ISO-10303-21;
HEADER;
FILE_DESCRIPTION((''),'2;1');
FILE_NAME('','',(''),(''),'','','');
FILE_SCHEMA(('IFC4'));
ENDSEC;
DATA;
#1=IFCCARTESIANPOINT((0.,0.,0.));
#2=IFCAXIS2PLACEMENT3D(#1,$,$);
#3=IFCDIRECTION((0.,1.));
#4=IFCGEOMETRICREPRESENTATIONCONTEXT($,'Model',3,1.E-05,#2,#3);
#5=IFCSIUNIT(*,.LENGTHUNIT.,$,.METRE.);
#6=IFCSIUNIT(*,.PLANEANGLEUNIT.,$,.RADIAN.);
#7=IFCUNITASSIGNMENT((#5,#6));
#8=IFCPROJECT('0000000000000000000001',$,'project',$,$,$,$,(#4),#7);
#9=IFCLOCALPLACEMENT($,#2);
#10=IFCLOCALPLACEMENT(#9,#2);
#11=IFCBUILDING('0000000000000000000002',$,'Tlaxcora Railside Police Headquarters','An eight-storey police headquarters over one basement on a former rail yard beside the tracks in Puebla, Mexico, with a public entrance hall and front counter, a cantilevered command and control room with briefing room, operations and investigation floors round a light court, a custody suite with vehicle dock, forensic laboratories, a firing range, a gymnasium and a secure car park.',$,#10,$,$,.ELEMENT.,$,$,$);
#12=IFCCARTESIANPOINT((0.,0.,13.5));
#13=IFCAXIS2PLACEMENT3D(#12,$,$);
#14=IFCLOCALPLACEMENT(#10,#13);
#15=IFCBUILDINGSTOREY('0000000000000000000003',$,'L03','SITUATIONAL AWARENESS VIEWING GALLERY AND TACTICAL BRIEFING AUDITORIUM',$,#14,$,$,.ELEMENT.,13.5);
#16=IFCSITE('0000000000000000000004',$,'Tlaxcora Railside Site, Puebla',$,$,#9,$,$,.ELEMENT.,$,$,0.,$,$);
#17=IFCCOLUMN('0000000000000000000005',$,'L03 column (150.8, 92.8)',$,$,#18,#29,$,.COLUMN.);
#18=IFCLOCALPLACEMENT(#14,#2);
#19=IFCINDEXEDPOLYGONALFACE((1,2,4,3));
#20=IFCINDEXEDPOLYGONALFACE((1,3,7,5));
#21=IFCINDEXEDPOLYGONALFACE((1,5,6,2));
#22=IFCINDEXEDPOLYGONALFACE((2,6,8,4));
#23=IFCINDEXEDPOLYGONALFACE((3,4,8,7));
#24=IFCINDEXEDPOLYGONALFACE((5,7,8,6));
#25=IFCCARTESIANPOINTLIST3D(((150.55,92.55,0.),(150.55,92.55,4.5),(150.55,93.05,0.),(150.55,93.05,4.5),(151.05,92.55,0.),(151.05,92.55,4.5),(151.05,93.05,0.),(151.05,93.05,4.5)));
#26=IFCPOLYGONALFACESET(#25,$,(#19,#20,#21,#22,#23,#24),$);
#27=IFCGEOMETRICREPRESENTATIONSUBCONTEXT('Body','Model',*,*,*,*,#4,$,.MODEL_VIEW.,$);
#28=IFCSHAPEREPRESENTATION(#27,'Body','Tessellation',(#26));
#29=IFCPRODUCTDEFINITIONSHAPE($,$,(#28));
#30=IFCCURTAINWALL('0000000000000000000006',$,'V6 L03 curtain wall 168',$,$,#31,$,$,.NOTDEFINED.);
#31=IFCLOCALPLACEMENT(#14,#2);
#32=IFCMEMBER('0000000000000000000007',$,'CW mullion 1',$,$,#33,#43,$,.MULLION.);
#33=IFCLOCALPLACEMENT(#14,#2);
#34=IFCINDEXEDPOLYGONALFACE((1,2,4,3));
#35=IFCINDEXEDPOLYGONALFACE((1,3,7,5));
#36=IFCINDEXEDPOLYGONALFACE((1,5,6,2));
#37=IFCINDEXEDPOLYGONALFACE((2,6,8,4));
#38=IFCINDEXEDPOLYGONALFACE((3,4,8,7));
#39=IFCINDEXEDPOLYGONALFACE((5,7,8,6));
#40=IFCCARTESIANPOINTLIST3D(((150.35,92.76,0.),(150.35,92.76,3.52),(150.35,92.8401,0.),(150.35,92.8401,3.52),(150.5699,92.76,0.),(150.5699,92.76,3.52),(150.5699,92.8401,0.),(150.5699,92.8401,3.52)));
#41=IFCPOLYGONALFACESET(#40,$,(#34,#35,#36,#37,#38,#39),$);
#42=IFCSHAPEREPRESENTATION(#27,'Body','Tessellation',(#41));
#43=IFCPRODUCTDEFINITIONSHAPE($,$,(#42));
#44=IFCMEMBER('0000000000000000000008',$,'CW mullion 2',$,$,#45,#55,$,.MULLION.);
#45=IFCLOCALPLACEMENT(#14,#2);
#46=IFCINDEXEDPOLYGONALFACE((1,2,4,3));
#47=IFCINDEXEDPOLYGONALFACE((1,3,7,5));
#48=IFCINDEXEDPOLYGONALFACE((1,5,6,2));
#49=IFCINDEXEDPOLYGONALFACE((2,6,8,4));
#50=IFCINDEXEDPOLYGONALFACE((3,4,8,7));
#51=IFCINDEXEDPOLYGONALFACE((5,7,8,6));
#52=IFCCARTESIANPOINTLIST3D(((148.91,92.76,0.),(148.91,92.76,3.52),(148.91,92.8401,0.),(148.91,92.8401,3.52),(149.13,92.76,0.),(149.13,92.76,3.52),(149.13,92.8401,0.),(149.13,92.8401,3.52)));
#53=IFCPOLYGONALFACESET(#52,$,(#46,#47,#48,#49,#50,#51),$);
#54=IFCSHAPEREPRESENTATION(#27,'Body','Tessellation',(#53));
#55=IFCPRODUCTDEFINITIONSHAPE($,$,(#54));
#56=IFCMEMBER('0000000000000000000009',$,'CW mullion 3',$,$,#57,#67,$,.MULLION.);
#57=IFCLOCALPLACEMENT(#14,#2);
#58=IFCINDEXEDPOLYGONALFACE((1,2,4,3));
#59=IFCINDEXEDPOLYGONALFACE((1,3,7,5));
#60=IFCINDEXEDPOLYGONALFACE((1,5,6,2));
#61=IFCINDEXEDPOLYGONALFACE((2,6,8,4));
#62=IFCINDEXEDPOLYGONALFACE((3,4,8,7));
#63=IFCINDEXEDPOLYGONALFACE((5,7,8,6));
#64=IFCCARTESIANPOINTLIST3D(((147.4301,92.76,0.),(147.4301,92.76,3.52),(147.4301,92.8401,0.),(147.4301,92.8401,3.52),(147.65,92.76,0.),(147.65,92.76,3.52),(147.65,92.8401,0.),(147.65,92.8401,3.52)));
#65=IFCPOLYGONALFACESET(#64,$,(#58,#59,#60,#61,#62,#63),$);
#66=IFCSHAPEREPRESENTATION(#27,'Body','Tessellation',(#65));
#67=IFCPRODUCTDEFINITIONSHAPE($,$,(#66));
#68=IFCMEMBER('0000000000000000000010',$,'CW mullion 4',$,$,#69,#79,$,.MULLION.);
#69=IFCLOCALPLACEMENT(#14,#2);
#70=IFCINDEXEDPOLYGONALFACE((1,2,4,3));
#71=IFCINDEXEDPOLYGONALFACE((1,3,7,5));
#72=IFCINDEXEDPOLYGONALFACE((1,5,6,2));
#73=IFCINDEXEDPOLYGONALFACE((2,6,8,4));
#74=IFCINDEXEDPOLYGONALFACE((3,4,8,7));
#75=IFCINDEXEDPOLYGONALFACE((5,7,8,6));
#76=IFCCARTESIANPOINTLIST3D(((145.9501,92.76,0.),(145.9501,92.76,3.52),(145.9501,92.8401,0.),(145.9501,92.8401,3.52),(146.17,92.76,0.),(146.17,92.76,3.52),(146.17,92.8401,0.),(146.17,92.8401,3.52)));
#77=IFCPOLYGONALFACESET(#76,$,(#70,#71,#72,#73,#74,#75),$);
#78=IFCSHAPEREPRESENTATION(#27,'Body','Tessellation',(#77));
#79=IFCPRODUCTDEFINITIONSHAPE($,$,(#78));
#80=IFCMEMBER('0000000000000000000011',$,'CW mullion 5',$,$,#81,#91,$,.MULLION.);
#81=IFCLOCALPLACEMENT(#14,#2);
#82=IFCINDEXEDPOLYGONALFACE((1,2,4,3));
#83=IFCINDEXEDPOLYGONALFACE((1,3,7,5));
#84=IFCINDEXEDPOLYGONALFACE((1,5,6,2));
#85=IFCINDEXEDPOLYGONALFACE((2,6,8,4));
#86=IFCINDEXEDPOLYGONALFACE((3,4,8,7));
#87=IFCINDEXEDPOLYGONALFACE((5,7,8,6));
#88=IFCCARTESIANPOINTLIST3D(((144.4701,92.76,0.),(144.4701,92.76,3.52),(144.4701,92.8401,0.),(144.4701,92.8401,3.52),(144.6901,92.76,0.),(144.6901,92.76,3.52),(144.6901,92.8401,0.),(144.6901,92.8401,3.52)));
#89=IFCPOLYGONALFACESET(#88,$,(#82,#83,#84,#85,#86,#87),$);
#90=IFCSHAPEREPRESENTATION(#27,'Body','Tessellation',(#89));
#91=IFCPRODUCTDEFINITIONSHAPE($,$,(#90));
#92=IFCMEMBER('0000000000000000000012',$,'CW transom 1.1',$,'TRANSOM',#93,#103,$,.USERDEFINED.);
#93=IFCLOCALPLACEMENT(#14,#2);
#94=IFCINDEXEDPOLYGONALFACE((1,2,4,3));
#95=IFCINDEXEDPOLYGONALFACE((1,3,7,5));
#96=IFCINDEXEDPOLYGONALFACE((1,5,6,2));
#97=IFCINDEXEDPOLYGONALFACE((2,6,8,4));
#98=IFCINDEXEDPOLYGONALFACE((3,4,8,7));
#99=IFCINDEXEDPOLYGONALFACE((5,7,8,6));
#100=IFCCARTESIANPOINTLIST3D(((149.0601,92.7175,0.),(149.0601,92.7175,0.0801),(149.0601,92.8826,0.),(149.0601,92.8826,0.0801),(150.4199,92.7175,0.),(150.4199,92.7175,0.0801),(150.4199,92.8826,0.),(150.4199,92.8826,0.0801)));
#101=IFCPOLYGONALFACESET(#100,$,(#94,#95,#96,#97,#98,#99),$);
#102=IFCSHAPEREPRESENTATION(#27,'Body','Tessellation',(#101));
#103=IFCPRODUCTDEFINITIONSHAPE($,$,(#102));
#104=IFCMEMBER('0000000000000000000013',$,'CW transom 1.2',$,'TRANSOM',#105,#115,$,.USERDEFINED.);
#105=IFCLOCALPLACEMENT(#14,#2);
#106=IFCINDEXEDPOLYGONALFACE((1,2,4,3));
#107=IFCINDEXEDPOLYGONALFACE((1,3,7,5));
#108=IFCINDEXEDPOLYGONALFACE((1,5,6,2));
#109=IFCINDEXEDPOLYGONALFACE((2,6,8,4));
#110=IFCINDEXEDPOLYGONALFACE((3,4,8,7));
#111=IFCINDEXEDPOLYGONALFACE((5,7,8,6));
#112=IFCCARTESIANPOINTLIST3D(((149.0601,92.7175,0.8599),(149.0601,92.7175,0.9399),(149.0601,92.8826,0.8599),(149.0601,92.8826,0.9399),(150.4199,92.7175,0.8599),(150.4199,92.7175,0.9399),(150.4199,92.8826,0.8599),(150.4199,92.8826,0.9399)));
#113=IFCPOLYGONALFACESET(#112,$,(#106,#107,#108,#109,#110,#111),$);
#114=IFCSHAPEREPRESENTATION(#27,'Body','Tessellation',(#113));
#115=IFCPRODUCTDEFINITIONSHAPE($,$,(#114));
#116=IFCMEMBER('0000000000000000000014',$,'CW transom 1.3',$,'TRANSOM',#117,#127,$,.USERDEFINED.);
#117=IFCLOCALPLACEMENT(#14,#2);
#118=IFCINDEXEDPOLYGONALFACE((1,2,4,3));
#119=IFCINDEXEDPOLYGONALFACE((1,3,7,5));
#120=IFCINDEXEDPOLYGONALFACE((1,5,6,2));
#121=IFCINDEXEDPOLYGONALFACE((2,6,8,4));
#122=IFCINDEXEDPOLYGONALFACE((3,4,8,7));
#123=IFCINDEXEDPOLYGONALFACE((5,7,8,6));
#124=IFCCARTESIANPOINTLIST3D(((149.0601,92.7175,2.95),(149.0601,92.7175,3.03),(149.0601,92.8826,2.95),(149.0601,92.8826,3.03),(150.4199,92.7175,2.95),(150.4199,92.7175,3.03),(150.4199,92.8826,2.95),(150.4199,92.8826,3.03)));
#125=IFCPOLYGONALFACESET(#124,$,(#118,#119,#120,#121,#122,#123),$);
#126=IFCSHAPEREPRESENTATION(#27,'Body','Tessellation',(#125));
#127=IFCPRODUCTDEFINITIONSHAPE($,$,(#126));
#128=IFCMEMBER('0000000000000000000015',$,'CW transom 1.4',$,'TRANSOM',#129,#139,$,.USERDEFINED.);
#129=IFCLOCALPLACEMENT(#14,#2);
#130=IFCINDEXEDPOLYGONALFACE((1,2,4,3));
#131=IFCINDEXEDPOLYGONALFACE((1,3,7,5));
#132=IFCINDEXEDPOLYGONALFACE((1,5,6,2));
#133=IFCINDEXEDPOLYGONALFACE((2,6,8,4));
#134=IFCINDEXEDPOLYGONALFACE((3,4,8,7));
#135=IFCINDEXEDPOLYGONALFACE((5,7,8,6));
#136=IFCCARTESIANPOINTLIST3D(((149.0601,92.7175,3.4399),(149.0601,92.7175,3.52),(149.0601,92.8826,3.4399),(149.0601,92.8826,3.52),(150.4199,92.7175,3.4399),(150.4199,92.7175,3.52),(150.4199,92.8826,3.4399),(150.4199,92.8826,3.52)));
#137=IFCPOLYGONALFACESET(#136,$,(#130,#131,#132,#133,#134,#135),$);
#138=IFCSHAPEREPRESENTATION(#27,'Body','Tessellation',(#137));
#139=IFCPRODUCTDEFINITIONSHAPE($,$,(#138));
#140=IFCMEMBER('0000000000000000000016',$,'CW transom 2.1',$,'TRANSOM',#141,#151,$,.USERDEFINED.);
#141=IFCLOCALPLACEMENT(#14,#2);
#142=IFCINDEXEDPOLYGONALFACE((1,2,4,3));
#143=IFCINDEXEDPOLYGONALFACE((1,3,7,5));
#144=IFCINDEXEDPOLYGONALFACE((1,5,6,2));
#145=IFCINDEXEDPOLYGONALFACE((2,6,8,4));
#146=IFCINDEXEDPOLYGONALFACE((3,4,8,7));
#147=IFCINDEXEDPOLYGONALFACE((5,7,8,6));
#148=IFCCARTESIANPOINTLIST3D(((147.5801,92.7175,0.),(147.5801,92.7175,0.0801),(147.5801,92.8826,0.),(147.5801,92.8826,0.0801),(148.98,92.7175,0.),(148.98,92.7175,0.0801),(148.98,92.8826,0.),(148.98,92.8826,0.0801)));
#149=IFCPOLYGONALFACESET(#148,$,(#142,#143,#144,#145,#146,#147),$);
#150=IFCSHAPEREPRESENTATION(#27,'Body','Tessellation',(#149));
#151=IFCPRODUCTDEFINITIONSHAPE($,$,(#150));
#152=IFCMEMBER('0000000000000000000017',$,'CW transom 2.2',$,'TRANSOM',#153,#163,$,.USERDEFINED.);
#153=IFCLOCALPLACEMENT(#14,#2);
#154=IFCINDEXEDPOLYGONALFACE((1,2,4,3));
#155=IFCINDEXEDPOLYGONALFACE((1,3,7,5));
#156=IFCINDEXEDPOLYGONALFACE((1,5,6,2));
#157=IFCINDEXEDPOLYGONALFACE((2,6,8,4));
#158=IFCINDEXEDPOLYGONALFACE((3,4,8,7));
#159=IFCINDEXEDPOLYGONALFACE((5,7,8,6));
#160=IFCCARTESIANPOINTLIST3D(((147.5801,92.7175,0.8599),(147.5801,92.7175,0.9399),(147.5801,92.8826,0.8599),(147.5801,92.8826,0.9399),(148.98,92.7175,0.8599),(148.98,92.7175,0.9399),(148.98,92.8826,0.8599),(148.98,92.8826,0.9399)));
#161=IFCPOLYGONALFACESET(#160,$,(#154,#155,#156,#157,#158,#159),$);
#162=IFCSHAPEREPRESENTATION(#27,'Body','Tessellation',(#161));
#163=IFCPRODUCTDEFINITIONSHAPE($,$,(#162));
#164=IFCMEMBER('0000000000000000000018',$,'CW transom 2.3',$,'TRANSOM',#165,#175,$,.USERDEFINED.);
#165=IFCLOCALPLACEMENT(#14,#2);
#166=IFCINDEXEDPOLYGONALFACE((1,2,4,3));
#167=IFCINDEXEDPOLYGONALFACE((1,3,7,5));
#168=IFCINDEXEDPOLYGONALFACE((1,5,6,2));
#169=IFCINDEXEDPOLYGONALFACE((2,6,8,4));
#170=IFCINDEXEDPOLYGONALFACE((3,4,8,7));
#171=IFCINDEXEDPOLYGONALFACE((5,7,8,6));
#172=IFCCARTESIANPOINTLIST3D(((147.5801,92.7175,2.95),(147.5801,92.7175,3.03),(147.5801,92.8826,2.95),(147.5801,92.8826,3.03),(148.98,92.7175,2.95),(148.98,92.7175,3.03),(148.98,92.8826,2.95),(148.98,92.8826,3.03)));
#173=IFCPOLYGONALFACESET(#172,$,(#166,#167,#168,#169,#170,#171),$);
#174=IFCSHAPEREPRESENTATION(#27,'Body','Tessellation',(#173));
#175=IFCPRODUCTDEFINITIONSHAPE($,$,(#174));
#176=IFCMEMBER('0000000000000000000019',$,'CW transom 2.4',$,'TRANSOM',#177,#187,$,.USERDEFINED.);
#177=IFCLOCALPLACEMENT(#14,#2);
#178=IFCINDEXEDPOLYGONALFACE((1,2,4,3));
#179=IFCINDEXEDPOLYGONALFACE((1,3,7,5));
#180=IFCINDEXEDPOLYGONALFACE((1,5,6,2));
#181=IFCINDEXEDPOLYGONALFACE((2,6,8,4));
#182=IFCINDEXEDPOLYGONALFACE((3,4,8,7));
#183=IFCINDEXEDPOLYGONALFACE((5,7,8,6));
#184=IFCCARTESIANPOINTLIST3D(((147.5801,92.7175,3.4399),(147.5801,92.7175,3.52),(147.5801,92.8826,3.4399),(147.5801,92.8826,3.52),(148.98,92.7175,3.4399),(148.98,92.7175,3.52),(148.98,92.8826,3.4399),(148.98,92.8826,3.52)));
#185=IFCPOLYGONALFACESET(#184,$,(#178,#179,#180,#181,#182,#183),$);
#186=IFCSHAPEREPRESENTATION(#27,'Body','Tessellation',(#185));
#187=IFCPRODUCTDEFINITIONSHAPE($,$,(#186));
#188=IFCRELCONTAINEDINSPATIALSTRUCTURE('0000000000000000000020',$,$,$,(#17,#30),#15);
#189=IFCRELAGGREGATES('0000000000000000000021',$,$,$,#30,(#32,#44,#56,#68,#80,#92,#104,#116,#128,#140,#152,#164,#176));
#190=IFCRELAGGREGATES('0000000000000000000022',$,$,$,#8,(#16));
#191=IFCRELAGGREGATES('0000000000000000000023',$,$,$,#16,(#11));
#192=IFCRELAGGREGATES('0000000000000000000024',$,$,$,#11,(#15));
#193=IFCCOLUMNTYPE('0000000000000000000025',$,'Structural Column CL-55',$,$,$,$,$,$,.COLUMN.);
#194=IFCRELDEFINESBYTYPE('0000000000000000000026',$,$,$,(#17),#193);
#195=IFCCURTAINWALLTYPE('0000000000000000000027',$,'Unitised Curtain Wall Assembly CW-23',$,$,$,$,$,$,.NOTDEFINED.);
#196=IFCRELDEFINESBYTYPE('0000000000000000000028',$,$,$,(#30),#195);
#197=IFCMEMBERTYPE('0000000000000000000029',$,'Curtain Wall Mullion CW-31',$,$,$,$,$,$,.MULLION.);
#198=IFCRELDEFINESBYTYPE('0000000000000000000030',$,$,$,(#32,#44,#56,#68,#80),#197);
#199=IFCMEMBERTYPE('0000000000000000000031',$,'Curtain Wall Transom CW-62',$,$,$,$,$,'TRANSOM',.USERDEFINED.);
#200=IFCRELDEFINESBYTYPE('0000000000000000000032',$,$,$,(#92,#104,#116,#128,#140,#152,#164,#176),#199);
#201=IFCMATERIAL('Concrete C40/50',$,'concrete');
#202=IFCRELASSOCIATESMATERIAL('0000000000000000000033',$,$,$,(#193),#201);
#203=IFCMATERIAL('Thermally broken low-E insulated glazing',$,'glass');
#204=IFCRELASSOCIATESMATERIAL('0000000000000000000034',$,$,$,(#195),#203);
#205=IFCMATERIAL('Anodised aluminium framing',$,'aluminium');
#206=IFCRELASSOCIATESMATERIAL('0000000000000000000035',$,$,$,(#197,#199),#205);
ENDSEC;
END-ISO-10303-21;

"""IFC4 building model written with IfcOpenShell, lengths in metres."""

from ifc_helpers import new_model, si_unit, direction, frame, origin, origin_2d, place, context, subcontext, project, spatial, rectangle, extrude, material, material_profile, profile_set, type_object, element, aggregate, save


model = new_model("IFC4")

# Units and contexts
model_context = context("Model", 3, precision=1e-05, world=origin(), true_north=direction((0.0, 1.0)))
body_context = subcontext(model_context, "Body", "Model", "MODEL_VIEW")
ifc_project = project(units=[si_unit("LENGTHUNIT", "METRE"), si_unit("PLANEANGLEUNIT", "RADIAN")], contexts=[model_context])

# Site, building, storey
site_placement = place(None, origin())
site = spatial("IfcSite", under=ifc_project, at=site_placement, Name="Tlaxcora Railside Site, Puebla", CompositionType="ELEMENT", RefElevation=0.0)
building_placement = place(site_placement, origin())
building = spatial("IfcBuilding", under=site, at=building_placement, Name="Tlaxcora Railside Police Headquarters", Description="An eight-storey police headquarters over one basement on a former rail yard beside the tracks in Puebla, Mexico, with a public entrance hall and front counter, a cantilevered command and control room with briefing room, operations and investigation floors round a light court, a custody suite with vehicle dock, forensic laboratories, a firing range, a gymnasium and a secure car park.", CompositionType="ELEMENT")
storey_placement = place(building_placement, frame((0.0, 0.0, 13.5)))
storey = spatial("IfcBuildingStorey", under=building, at=storey_placement, Name="L03", Description="SITUATIONAL AWARENESS VIEWING GALLERY AND TACTICAL BRIEFING AUDITORIUM", CompositionType="ELEMENT", Elevation=13.5)

# Column
ifc_material_1 = material(Name="Concrete C40/50", Category="concrete")
ifc_material_profile_1 = material_profile(ifc_material_1, rectangle(XDim=0.5, YDim=0.5, at=origin_2d()), Name="RC500X500")
ifc_profile_set_1 = profile_set([ifc_material_profile_1], Name="Concrete C40/50")
column_type = type_object("IfcColumnType", Name="Structural Column CL-55", PredefinedType="COLUMN", material=ifc_profile_set_1)
column_placement = place(storey_placement, frame((150.8, 92.8, 0.0), z_axis=(0.0, 0.0, 1.0), x_axis=(1.0, 0.0, 0.0)))
element("IfcColumn", 1, at=column_placement, inside=storey, type_object=column_type, Name="L03 column (150.8, 92.8)", PredefinedType="COLUMN", context=body_context, shape_type="SweptSolid", body=[
    extrude(rectangle(XDim=0.5, YDim=0.5, at=origin_2d()), origin(), (0.0, 0.0, 1.0), 4.5),
])

# Curtain wall, members
ifc_material_2 = material(Name="Thermally broken low-E insulated glazing", Category="glass")
curtain_wall_type = type_object("IfcCurtainWallType", Name="Unitised Curtain Wall Assembly CW-23", PredefinedType="NOTDEFINED", material=ifc_material_2)
curtain_wall_placement = place(storey_placement, origin())
curtain_wall = element("IfcCurtainWall", 2, at=curtain_wall_placement, inside=storey, type_object=curtain_wall_type, Name="V6 L03 curtain wall 168", PredefinedType="NOTDEFINED")
ifc_material_3 = material(Name="Anodised aluminium framing", Category="aluminium")
ifc_material_profile_2 = material_profile(ifc_material_3, rectangle(XDim=0.0801, YDim=0.22, at=origin_2d()), Name="AL80X220")
ifc_profile_set_2 = profile_set([ifc_material_profile_2], Name="Anodised aluminium framing")
member_type_1 = type_object("IfcMemberType", Name="Curtain Wall Mullion CW-31", PredefinedType="MULLION", material=ifc_profile_set_2)
member_1_placement = place(storey_placement, frame((150.46, 92.8, 0.0), z_axis=(0.0, 0.0, 1.0), x_axis=(0.0, -1.0, 0.0)))
member_1 = element("IfcMember", 3, at=member_1_placement, type_object=member_type_1, Name="CW mullion 1", PredefinedType="MULLION", context=body_context, shape_type="SweptSolid", body=[
    extrude(rectangle(XDim=0.0801, YDim=0.22, at=origin_2d()), origin(), (0.0, 0.0, 1.0), 3.52),
])
member_2_placement = place(storey_placement, frame((149.02, 92.8, 0.0), z_axis=(0.0, 0.0, 1.0), x_axis=(0.0, -1.0, 0.0)))
member_2 = element("IfcMember", 4, at=member_2_placement, type_object=member_type_1, Name="CW mullion 2", PredefinedType="MULLION", context=body_context, shape_type="SweptSolid", body=[
    extrude(rectangle(XDim=0.0801, YDim=0.22, at=origin_2d()), origin(), (0.0, 0.0, 1.0), 3.52),
])
member_3_placement = place(storey_placement, frame((147.54, 92.8, 0.0), z_axis=(0.0, 0.0, 1.0), x_axis=(0.0, -1.0, 0.0)))
member_3 = element("IfcMember", 5, at=member_3_placement, type_object=member_type_1, Name="CW mullion 3", PredefinedType="MULLION", context=body_context, shape_type="SweptSolid", body=[
    extrude(rectangle(XDim=0.0801, YDim=0.22, at=origin_2d()), origin(), (0.0, 0.0, 1.0), 3.52),
])
member_4_placement = place(storey_placement, frame((146.0601, 92.8, 0.0), z_axis=(0.0, 0.0, 1.0), x_axis=(0.0, -1.0, 0.0)))
member_4 = element("IfcMember", 6, at=member_4_placement, type_object=member_type_1, Name="CW mullion 4", PredefinedType="MULLION", context=body_context, shape_type="SweptSolid", body=[
    extrude(rectangle(XDim=0.0801, YDim=0.22, at=origin_2d()), origin(), (0.0, 0.0, 1.0), 3.52),
])
member_5_placement = place(storey_placement, frame((144.5801, 92.8, 0.0), z_axis=(0.0, 0.0, 1.0), x_axis=(0.0, -1.0, 0.0)))
member_5 = element("IfcMember", 7, at=member_5_placement, type_object=member_type_1, Name="CW mullion 5", PredefinedType="MULLION", context=body_context, shape_type="SweptSolid", body=[
    extrude(rectangle(XDim=0.0801, YDim=0.22, at=origin_2d()), origin(), (0.0, 0.0, 1.0), 3.52),
])
ifc_material_profile_3 = material_profile(ifc_material_3, rectangle(XDim=0.165, YDim=0.0801, at=origin_2d()), Name="AL80X165")
ifc_profile_set_3 = profile_set([ifc_material_profile_3], Name="Anodised aluminium framing")
member_type_2 = type_object("IfcMemberType", Name="Curtain Wall Transom CW-62", ElementType="TRANSOM", PredefinedType="USERDEFINED", material=ifc_profile_set_3)
member_6_placement = place(storey_placement, frame((150.4199, 92.8, 0.04), z_axis=(-1.0, 0.0, 0.0), x_axis=(0.0, -1.0, 0.0)))
member_6 = element("IfcMember", 8, at=member_6_placement, type_object=member_type_2, Name="CW transom 1.1", ObjectType="TRANSOM", PredefinedType="USERDEFINED", context=body_context, shape_type="SweptSolid", body=[
    extrude(rectangle(XDim=0.165, YDim=0.0801, at=origin_2d()), origin(), (0.0, 0.0, 1.0), 1.3599),
])
member_7_placement = place(storey_placement, frame((150.4199, 92.8, 0.8999), z_axis=(-1.0, 0.0, 0.0), x_axis=(0.0, -1.0, 0.0)))
member_7 = element("IfcMember", 9, at=member_7_placement, type_object=member_type_2, Name="CW transom 1.2", ObjectType="TRANSOM", PredefinedType="USERDEFINED", context=body_context, shape_type="SweptSolid", body=[
    extrude(rectangle(XDim=0.165, YDim=0.0801, at=origin_2d()), origin(), (0.0, 0.0, 1.0), 1.3599),
])
member_8_placement = place(storey_placement, frame((150.4199, 92.8, 2.99), z_axis=(-1.0, 0.0, 0.0), x_axis=(0.0, -1.0, 0.0)))
member_8 = element("IfcMember", 10, at=member_8_placement, type_object=member_type_2, Name="CW transom 1.3", ObjectType="TRANSOM", PredefinedType="USERDEFINED", context=body_context, shape_type="SweptSolid", body=[
    extrude(rectangle(XDim=0.165, YDim=0.0801, at=origin_2d()), origin(), (0.0, 0.0, 1.0), 1.3599),
])
member_9_placement = place(storey_placement, frame((150.4199, 92.8, 3.48), z_axis=(-1.0, 0.0, 0.0), x_axis=(0.0, -1.0, 0.0)))
member_9 = element("IfcMember", 11, at=member_9_placement, type_object=member_type_2, Name="CW transom 1.4", ObjectType="TRANSOM", PredefinedType="USERDEFINED", context=body_context, shape_type="SweptSolid", body=[
    extrude(rectangle(XDim=0.165, YDim=0.0801, at=origin_2d()), origin(), (0.0, 0.0, 1.0), 1.3599),
])
member_10_placement = place(storey_placement, frame((148.98, 92.8, 0.04), z_axis=(-1.0, 0.0, 0.0), x_axis=(0.0, -1.0, 0.0)))
member_10 = element("IfcMember", 12, at=member_10_placement, type_object=member_type_2, Name="CW transom 2.1", ObjectType="TRANSOM", PredefinedType="USERDEFINED", context=body_context, shape_type="SweptSolid", body=[
    extrude(rectangle(XDim=0.165, YDim=0.0801, at=origin_2d()), origin(), (0.0, 0.0, 1.0), 1.3999),
])
member_11_placement = place(storey_placement, frame((148.98, 92.8, 0.8999), z_axis=(-1.0, 0.0, 0.0), x_axis=(0.0, -1.0, 0.0)))
member_11 = element("IfcMember", 13, at=member_11_placement, type_object=member_type_2, Name="CW transom 2.2", ObjectType="TRANSOM", PredefinedType="USERDEFINED", context=body_context, shape_type="SweptSolid", body=[
    extrude(rectangle(XDim=0.165, YDim=0.0801, at=origin_2d()), origin(), (0.0, 0.0, 1.0), 1.3999),
])
member_12_placement = place(storey_placement, frame((148.98, 92.8, 2.99), z_axis=(-1.0, 0.0, 0.0), x_axis=(0.0, -1.0, 0.0)))
member_12 = element("IfcMember", 14, at=member_12_placement, type_object=member_type_2, Name="CW transom 2.3", ObjectType="TRANSOM", PredefinedType="USERDEFINED", context=body_context, shape_type="SweptSolid", body=[
    extrude(rectangle(XDim=0.165, YDim=0.0801, at=origin_2d()), origin(), (0.0, 0.0, 1.0), 1.3999),
])
member_13_placement = place(storey_placement, frame((148.98, 92.8, 3.48), z_axis=(-1.0, 0.0, 0.0), x_axis=(0.0, -1.0, 0.0)))
member_13 = element("IfcMember", 15, at=member_13_placement, type_object=member_type_2, Name="CW transom 2.4", ObjectType="TRANSOM", PredefinedType="USERDEFINED", context=body_context, shape_type="SweptSolid", body=[
    extrude(rectangle(XDim=0.165, YDim=0.0801, at=origin_2d()), origin(), (0.0, 0.0, 1.0), 1.3999),
])
aggregate(curtain_wall, [member_1, member_2, member_3, member_4, member_5, member_6, member_7, member_8, member_9, member_10, member_11, member_12, member_13])

save(model, "model.ifc")
